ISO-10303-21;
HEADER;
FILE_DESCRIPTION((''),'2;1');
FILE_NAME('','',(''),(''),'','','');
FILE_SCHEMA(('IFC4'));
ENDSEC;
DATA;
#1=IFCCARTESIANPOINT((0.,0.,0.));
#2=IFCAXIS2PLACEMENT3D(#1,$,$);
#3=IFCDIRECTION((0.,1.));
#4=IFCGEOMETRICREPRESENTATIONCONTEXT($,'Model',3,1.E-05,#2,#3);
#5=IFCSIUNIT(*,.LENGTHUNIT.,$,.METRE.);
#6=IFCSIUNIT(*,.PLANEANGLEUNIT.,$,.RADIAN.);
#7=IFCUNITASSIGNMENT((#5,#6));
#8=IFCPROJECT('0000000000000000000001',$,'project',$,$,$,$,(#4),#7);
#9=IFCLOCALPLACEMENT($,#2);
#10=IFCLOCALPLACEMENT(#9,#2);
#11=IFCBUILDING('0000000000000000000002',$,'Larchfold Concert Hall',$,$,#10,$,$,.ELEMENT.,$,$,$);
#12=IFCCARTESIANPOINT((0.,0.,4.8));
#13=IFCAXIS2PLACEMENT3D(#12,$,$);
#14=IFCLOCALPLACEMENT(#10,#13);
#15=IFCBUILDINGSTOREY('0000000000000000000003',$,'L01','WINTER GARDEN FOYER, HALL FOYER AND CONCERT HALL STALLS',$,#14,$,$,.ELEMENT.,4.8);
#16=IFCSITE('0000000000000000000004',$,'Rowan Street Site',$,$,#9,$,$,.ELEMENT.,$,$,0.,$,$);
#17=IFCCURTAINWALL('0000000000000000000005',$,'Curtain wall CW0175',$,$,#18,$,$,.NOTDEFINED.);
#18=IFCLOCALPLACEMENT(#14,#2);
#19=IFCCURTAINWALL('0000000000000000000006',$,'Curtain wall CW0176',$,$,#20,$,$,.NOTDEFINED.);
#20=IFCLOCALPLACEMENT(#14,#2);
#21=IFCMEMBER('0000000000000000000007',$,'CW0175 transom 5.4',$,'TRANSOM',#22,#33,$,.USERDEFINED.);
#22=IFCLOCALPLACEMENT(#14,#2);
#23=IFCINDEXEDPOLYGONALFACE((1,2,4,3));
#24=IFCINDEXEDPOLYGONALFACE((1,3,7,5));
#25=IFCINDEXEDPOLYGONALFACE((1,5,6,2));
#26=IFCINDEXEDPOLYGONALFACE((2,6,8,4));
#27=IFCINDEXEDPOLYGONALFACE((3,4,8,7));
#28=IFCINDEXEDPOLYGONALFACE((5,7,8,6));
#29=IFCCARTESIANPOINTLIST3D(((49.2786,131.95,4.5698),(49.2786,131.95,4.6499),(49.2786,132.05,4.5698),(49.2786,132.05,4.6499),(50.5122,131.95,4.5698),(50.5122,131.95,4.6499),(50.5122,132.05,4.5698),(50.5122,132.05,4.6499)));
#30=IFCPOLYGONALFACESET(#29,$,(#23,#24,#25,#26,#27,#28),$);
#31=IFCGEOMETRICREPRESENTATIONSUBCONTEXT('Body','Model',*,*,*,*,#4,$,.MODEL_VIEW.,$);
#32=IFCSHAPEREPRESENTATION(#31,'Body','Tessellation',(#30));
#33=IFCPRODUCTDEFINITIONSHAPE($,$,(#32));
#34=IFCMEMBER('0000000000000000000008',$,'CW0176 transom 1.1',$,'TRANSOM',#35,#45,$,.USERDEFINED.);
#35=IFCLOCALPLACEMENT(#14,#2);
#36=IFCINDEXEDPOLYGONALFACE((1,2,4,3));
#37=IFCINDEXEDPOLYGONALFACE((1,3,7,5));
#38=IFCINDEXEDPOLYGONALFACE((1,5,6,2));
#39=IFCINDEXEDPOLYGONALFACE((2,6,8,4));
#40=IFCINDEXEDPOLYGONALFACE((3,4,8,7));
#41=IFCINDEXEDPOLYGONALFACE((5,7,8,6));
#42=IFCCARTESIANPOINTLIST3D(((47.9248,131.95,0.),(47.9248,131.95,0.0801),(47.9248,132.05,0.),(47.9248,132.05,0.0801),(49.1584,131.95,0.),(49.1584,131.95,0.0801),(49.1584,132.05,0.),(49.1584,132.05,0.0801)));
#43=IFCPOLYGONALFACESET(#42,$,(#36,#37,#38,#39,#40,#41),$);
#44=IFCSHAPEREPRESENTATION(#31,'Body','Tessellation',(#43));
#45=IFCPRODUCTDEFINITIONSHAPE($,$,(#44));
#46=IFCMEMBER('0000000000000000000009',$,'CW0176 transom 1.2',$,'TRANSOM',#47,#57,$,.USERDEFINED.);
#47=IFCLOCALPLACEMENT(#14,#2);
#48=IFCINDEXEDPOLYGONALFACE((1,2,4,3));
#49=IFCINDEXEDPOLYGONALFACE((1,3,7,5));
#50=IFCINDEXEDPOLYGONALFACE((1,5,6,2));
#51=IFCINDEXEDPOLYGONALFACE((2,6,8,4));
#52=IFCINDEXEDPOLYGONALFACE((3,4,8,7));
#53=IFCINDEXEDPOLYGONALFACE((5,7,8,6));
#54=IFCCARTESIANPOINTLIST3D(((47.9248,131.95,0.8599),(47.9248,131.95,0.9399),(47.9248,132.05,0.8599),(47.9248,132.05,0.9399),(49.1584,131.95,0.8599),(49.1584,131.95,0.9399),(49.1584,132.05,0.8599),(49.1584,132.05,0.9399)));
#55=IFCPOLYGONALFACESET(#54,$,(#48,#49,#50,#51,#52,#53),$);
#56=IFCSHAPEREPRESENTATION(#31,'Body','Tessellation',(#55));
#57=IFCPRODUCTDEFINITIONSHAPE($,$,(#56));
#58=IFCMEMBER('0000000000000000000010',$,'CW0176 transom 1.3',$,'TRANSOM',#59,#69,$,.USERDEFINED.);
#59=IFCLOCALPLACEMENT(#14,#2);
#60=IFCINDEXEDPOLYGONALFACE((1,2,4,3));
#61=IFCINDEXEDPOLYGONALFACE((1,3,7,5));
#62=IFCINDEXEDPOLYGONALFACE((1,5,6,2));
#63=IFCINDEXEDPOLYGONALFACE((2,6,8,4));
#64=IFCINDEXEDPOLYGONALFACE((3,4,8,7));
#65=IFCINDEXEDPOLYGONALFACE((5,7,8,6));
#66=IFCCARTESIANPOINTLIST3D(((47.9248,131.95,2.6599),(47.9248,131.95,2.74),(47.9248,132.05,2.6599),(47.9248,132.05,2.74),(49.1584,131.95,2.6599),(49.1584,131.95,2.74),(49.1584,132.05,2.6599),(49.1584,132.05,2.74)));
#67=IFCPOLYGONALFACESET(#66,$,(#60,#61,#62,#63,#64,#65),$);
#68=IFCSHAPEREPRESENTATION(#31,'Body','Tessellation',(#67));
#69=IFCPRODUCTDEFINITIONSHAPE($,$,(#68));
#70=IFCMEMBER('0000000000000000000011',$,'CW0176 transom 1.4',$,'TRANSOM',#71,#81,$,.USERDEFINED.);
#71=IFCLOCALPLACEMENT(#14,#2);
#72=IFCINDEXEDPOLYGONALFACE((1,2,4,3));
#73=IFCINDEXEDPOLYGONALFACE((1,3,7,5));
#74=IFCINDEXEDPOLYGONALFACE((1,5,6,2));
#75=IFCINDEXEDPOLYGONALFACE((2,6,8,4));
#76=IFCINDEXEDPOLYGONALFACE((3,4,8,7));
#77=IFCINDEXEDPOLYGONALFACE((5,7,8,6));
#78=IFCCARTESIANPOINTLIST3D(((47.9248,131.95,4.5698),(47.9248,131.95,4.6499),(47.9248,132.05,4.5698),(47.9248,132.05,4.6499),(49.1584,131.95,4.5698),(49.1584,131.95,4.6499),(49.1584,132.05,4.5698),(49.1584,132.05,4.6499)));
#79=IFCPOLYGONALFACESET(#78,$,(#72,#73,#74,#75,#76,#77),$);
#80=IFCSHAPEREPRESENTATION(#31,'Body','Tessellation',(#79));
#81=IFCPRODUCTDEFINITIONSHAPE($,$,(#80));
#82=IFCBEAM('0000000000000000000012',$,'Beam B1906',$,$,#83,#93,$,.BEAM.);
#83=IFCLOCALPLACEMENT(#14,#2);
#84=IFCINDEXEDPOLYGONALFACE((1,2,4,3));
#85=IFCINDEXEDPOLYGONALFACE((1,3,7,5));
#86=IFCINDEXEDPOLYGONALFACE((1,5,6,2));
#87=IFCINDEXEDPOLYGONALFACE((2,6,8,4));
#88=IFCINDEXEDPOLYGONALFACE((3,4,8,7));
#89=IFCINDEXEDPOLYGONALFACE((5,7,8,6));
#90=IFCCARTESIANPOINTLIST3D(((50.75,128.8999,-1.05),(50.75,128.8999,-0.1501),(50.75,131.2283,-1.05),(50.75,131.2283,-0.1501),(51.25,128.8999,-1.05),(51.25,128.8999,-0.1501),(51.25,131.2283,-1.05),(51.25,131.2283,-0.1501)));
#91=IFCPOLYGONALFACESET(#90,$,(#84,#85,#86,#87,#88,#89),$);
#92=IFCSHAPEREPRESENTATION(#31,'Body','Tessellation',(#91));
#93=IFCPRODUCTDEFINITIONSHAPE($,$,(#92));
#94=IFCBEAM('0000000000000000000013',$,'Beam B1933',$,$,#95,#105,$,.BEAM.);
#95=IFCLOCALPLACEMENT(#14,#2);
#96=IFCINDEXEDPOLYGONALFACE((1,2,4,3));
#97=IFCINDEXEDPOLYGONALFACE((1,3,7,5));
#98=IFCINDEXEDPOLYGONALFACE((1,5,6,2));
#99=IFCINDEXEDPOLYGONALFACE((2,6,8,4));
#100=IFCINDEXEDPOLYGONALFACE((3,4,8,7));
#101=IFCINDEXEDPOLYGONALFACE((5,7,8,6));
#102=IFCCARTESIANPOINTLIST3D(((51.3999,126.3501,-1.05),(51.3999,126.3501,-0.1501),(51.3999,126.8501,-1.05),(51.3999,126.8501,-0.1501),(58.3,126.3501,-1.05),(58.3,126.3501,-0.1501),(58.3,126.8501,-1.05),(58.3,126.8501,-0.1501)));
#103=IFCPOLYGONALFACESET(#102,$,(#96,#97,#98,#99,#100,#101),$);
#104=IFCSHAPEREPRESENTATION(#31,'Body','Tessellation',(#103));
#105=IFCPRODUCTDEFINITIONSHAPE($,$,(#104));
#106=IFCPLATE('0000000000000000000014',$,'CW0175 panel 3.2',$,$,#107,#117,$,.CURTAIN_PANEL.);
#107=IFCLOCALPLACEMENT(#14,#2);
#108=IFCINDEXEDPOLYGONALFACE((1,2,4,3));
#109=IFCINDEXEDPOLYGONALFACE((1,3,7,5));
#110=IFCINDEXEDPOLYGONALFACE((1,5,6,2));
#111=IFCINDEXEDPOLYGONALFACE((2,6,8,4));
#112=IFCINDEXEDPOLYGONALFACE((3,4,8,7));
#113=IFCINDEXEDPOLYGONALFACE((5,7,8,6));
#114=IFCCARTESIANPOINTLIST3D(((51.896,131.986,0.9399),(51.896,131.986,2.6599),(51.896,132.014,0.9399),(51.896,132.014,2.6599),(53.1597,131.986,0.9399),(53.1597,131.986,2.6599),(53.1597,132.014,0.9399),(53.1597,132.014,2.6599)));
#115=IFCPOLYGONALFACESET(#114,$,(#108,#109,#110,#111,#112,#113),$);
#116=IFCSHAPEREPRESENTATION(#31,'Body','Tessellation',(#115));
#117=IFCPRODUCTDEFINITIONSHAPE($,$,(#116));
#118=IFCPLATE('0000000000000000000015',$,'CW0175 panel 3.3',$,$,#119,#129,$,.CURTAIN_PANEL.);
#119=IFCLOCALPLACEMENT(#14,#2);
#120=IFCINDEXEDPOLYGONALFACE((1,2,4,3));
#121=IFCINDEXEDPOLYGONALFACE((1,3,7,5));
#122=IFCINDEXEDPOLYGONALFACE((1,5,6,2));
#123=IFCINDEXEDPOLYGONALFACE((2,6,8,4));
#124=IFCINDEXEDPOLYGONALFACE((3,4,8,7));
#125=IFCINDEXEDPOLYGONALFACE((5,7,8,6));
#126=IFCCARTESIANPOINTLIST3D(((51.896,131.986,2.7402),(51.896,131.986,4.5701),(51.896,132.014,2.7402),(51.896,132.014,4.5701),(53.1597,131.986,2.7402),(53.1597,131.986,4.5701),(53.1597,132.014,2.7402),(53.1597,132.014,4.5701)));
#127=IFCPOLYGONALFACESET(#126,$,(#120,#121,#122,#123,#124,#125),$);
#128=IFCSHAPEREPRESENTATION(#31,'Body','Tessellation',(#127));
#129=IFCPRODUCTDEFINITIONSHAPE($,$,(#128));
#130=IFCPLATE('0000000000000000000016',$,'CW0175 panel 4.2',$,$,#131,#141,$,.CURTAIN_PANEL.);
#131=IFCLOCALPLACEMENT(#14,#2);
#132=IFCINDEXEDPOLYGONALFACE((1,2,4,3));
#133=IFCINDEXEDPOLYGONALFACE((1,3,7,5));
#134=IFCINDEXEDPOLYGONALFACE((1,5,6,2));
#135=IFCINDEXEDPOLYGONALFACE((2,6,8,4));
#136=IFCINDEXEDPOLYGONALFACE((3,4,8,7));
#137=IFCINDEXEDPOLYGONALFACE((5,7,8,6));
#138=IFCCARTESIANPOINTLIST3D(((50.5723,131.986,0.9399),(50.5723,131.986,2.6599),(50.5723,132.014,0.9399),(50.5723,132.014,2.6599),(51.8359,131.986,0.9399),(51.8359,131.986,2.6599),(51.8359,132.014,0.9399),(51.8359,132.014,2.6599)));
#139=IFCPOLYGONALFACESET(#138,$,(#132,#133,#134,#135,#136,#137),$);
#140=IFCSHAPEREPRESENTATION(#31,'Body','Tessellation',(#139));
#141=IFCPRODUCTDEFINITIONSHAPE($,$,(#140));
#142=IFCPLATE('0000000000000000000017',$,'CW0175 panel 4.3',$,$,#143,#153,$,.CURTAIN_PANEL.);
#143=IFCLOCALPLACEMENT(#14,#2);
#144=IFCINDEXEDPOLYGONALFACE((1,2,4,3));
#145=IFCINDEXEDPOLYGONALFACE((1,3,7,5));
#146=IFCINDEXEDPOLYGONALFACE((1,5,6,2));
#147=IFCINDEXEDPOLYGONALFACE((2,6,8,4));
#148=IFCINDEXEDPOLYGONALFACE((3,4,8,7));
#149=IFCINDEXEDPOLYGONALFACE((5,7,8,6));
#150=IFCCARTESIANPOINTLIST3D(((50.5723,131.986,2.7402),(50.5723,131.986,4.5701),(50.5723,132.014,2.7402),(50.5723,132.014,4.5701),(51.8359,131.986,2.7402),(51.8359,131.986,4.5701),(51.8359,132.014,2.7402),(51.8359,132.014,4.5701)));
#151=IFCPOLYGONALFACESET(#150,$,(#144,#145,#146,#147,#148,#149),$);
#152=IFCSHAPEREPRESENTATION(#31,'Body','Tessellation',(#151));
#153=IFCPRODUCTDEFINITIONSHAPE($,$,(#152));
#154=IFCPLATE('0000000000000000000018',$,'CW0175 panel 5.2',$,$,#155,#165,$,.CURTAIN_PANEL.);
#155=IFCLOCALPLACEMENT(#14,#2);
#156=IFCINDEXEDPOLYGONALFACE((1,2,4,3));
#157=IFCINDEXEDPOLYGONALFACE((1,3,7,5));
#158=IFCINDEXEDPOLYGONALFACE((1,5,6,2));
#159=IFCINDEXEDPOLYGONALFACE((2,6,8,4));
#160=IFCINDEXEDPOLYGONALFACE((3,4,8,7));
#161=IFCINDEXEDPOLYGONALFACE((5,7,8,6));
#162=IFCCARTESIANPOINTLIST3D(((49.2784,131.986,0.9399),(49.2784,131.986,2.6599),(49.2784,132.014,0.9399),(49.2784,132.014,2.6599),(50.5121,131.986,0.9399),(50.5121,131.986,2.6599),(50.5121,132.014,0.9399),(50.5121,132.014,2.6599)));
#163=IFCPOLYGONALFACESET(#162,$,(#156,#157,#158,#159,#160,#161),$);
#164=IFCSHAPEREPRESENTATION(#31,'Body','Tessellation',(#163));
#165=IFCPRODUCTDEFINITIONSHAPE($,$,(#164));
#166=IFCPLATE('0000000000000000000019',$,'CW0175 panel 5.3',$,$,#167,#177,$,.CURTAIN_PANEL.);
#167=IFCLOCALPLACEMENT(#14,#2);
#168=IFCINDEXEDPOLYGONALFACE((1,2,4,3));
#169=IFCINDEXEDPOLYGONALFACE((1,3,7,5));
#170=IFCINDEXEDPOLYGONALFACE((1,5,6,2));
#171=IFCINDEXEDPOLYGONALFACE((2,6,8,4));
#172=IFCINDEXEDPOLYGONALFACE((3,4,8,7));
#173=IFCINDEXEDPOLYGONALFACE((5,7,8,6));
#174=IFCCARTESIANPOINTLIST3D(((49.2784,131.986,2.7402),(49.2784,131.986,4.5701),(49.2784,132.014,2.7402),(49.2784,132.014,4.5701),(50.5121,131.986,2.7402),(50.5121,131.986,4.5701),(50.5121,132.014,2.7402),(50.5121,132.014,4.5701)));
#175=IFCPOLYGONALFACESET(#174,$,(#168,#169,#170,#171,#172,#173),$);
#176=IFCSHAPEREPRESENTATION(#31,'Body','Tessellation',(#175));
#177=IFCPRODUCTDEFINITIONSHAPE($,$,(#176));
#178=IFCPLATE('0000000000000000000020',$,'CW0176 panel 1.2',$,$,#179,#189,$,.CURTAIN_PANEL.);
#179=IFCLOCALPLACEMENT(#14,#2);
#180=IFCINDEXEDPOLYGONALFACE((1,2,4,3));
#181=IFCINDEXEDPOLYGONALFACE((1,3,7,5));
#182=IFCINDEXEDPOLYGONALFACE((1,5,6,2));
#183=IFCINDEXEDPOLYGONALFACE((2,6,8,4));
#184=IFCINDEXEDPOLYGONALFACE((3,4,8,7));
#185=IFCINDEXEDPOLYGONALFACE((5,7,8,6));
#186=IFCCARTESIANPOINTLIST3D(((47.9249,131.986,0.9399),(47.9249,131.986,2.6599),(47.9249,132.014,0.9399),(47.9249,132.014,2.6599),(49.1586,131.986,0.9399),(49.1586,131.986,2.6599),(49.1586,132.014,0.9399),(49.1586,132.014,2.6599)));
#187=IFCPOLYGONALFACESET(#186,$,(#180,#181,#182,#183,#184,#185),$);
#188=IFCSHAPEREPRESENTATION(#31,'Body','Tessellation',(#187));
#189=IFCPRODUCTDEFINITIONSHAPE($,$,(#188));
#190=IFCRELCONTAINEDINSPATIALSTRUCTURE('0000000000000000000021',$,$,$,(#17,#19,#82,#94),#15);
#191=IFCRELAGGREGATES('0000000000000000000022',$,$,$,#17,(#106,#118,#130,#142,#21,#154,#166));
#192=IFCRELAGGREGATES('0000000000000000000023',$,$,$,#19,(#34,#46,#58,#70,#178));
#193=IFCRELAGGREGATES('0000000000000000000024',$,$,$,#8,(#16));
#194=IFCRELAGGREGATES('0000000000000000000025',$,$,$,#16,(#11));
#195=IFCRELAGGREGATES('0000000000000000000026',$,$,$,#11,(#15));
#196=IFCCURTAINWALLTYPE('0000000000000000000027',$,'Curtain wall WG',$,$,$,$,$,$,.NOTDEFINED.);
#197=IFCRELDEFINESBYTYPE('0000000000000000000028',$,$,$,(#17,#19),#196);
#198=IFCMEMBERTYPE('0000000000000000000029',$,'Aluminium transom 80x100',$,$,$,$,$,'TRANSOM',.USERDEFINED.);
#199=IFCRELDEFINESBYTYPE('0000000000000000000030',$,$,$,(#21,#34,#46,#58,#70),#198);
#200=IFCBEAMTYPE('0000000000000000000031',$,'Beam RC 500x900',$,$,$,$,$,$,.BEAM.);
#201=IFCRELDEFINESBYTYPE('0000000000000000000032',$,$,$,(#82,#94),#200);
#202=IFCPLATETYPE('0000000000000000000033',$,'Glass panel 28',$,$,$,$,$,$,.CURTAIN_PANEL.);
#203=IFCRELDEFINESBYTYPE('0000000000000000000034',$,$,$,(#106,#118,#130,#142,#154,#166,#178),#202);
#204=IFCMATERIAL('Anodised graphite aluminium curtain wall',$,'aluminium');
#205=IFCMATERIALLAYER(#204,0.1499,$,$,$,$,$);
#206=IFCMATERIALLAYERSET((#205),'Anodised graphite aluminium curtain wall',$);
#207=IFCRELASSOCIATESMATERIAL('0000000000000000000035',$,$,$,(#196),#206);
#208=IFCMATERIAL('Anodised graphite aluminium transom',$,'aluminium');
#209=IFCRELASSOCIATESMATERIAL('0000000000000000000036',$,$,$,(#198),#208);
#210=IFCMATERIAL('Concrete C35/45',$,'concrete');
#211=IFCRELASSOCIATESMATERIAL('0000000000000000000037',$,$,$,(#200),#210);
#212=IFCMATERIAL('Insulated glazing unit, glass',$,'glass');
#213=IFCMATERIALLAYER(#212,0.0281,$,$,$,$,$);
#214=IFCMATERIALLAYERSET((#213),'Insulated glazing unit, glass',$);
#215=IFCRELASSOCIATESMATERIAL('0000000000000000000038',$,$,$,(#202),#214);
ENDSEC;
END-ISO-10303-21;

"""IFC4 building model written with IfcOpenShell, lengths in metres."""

from ifc_helpers import new_model, si_unit, direction, frame, origin, origin_2d, place, context, subcontext, project, spatial, rectangle, extrude, material, layer, layer_set, material_profile, profile_set, type_object, element, aggregate, save


model = new_model("IFC4")

# Units and contexts
model_context = context("Model", 3, precision=1e-05, world=origin(), true_north=direction((0.0, 1.0)))
body_context = subcontext(model_context, "Body", "Model", "MODEL_VIEW")
ifc_project = project(units=[si_unit("LENGTHUNIT", "METRE"), si_unit("PLANEANGLEUNIT", "RADIAN")], contexts=[model_context])

# Site, building, storey
site_placement = place(None, origin())
site = spatial("IfcSite", under=ifc_project, at=site_placement, Name="Rowan Street Site", CompositionType="ELEMENT", RefElevation=0.0)
building_placement = place(site_placement, origin())
building = spatial("IfcBuilding", under=site, at=building_placement, Name="Larchfold Concert Hall", CompositionType="ELEMENT")
storey_placement = place(building_placement, frame((0.0, 0.0, 4.8)))
storey = spatial("IfcBuildingStorey", under=building, at=storey_placement, Name="L01", Description="WINTER GARDEN FOYER, HALL FOYER AND CONCERT HALL STALLS", CompositionType="ELEMENT", Elevation=4.8)

# Curtain wall
ifc_material_1 = material(Name="Anodised graphite aluminium curtain wall", Category="aluminium")
ifc_layer_1 = layer(ifc_material_1, 0.1499)
ifc_layer_set_1 = layer_set([ifc_layer_1], Name="Anodised graphite aluminium curtain wall")
curtain_wall_type = type_object("IfcCurtainWallType", Name="Curtain wall WG", PredefinedType="NOTDEFINED", material=ifc_layer_set_1)
curtain_wall_1_placement = place(storey_placement, origin())
curtain_wall_1 = element("IfcCurtainWall", 1, at=curtain_wall_1_placement, inside=storey, type_object=curtain_wall_type, Name="Curtain wall CW0175", PredefinedType="NOTDEFINED")

# Curtain wall
curtain_wall_2_placement = place(storey_placement, origin())
curtain_wall_2 = element("IfcCurtainWall", 2, at=curtain_wall_2_placement, inside=storey, type_object=curtain_wall_type, Name="Curtain wall CW0176", PredefinedType="NOTDEFINED")

# Members
ifc_material_2 = material(Name="Anodised graphite aluminium transom", Category="aluminium")
ifc_material_profile_1 = material_profile(ifc_material_2, rectangle(XDim=0.1001, YDim=0.0801, at=origin_2d()))
ifc_profile_set_1 = profile_set([ifc_material_profile_1], Name="Anodised graphite aluminium transom")
member_type_1 = type_object("IfcMemberType", Name="Aluminium transom 80x100", ElementType="TRANSOM", PredefinedType="USERDEFINED", material=ifc_profile_set_1)
member_1_placement = place(storey_placement, frame((50.5122, 132.0, 4.6099), z_axis=(-1.0, 0.0, 0.0), x_axis=(0.0, -1.0, 0.0)))
member_1 = element("IfcMember", 3, at=member_1_placement, type_object=member_type_1, Name="CW0175 transom 5.4", ObjectType="TRANSOM", PredefinedType="USERDEFINED", context=body_context, shape_type="SweptSolid", body=[
    extrude(rectangle(XDim=0.1001, YDim=0.0801, at=origin_2d()), origin(), (0.0, 0.0, 1.0), 1.2336),
])
member_2_placement = place(storey_placement, frame((49.1584, 132.0, 0.04), z_axis=(-1.0, 0.0, 0.0), x_axis=(0.0, -1.0, 0.0)))
member_2 = element("IfcMember", 4, at=member_2_placement, type_object=member_type_1, Name="CW0176 transom 1.1", ObjectType="TRANSOM", PredefinedType="USERDEFINED", context=body_context, shape_type="SweptSolid", body=[
    extrude(rectangle(XDim=0.1001, YDim=0.0801, at=origin_2d()), origin(), (0.0, 0.0, 1.0), 1.2336),
])
member_3_placement = place(storey_placement, frame((49.1584, 132.0, 0.8999), z_axis=(-1.0, 0.0, 0.0), x_axis=(0.0, -1.0, 0.0)))
member_3 = element("IfcMember", 5, at=member_3_placement, type_object=member_type_1, Name="CW0176 transom 1.2", ObjectType="TRANSOM", PredefinedType="USERDEFINED", context=body_context, shape_type="SweptSolid", body=[
    extrude(rectangle(XDim=0.1001, YDim=0.0801, at=origin_2d()), origin(), (0.0, 0.0, 1.0), 1.2336),
])
member_4_placement = place(storey_placement, frame((49.1584, 132.0, 2.7), z_axis=(-1.0, 0.0, 0.0), x_axis=(0.0, -1.0, 0.0)))
member_4 = element("IfcMember", 6, at=member_4_placement, type_object=member_type_1, Name="CW0176 transom 1.3", ObjectType="TRANSOM", PredefinedType="USERDEFINED", context=body_context, shape_type="SweptSolid", body=[
    extrude(rectangle(XDim=0.1001, YDim=0.0801, at=origin_2d()), origin(), (0.0, 0.0, 1.0), 1.2336),
])
member_5_placement = place(storey_placement, frame((49.1584, 132.0, 4.6099), z_axis=(-1.0, 0.0, 0.0), x_axis=(0.0, -1.0, 0.0)))
member_5 = element("IfcMember", 7, at=member_5_placement, type_object=member_type_1, Name="CW0176 transom 1.4", ObjectType="TRANSOM", PredefinedType="USERDEFINED", context=body_context, shape_type="SweptSolid", body=[
    extrude(rectangle(XDim=0.1001, YDim=0.0801, at=origin_2d()), origin(), (0.0, 0.0, 1.0), 1.2336),
])

# Beams
ifc_material_3 = material(Name="Concrete C35/45", Category="concrete")
ifc_material_profile_2 = material_profile(ifc_material_3, rectangle(XDim=0.5, YDim=0.8999, at=origin_2d()))
ifc_profile_set_2 = profile_set([ifc_material_profile_2], Name="Concrete C35/45")
beam_type = type_object("IfcBeamType", Name="Beam RC 500x900", PredefinedType="BEAM", material=ifc_profile_set_2)
beam_1_placement = place(storey_placement, frame((51.0, 128.8999, -0.6001), z_axis=(0.0, 1.0, 0.0), x_axis=(-1.0, 0.0, 0.0)))
element("IfcBeam", 8, at=beam_1_placement, inside=storey, type_object=beam_type, Name="Beam B1906", PredefinedType="BEAM", context=body_context, shape_type="SweptSolid", body=[
    extrude(rectangle(XDim=0.5, YDim=0.8999, at=origin_2d()), origin(), (0.0, 0.0, 1.0), 2.3284),
])
beam_2_placement = place(storey_placement, frame((51.3999, 126.6001, -0.6001), z_axis=(1.0, 0.0, 0.0), x_axis=(0.0, 1.0, 0.0)))
element("IfcBeam", 9, at=beam_2_placement, inside=storey, type_object=beam_type, Name="Beam B1933", PredefinedType="BEAM", context=body_context, shape_type="SweptSolid", body=[
    extrude(rectangle(XDim=0.5, YDim=0.8999, at=origin_2d()), origin(), (0.0, 0.0, 1.0), 6.9001),
])

# Plates
ifc_material_4 = material(Name="Insulated glazing unit, glass", Category="glass")
ifc_layer_2 = layer(ifc_material_4, 0.0281)
ifc_layer_set_2 = layer_set([ifc_layer_2], Name="Insulated glazing unit, glass")
plate_type_1 = type_object("IfcPlateType", Name="Glass panel 28", PredefinedType="CURTAIN_PANEL", material=ifc_layer_set_2)
plate_1_placement = place(storey_placement, frame((52.5278, 132.0, 0.9399), z_axis=(0.0, 0.0, 1.0), x_axis=(-1.0, 0.0, 0.0)))
plate_1 = element("IfcPlate", 10, at=plate_1_placement, type_object=plate_type_1, Name="CW0175 panel 3.2", PredefinedType="CURTAIN_PANEL", context=body_context, shape_type="SweptSolid", body=[
    extrude(rectangle(XDim=1.2637, YDim=0.0281, at=origin_2d()), origin(), (0.0, 0.0, 1.0), 1.72),
])
plate_2_placement = place(storey_placement, frame((52.5278, 132.0, 2.7402), z_axis=(0.0, 0.0, 1.0), x_axis=(-1.0, 0.0, 0.0)))
plate_2 = element("IfcPlate", 11, at=plate_2_placement, type_object=plate_type_1, Name="CW0175 panel 3.3", PredefinedType="CURTAIN_PANEL", context=body_context, shape_type="SweptSolid", body=[
    extrude(rectangle(XDim=1.2637, YDim=0.0281, at=origin_2d()), origin(), (0.0, 0.0, 1.0), 1.8298),
])
plate_3_placement = place(storey_placement, frame((51.2041, 132.0, 0.9399), z_axis=(0.0, 0.0, 1.0), x_axis=(-1.0, 0.0, 0.0)))
plate_3 = element("IfcPlate", 12, at=plate_3_placement, type_object=plate_type_1, Name="CW0175 panel 4.2", PredefinedType="CURTAIN_PANEL", context=body_context, shape_type="SweptSolid", body=[
    extrude(rectangle(XDim=1.2637, YDim=0.0281, at=origin_2d()), origin(), (0.0, 0.0, 1.0), 1.72),
])
plate_4_placement = place(storey_placement, frame((51.2041, 132.0, 2.7402), z_axis=(0.0, 0.0, 1.0), x_axis=(-1.0, 0.0, 0.0)))
plate_4 = element("IfcPlate", 13, at=plate_4_placement, type_object=plate_type_1, Name="CW0175 panel 4.3", PredefinedType="CURTAIN_PANEL", context=body_context, shape_type="SweptSolid", body=[
    extrude(rectangle(XDim=1.2637, YDim=0.0281, at=origin_2d()), origin(), (0.0, 0.0, 1.0), 1.8298),
])
plate_5_placement = place(storey_placement, frame((49.8953, 132.0, 0.9399), z_axis=(0.0, 0.0, 1.0), x_axis=(-1.0, 0.0, 0.0)))
plate_5 = element("IfcPlate", 14, at=plate_5_placement, type_object=plate_type_1, Name="CW0175 panel 5.2", PredefinedType="CURTAIN_PANEL", context=body_context, shape_type="SweptSolid", body=[
    extrude(rectangle(XDim=1.2336, YDim=0.0281, at=origin_2d()), origin(), (0.0, 0.0, 1.0), 1.72),
])
plate_6_placement = place(storey_placement, frame((49.8953, 132.0, 2.7402), z_axis=(0.0, 0.0, 1.0), x_axis=(-1.0, 0.0, 0.0)))
plate_6 = element("IfcPlate", 15, at=plate_6_placement, type_object=plate_type_1, Name="CW0175 panel 5.3", PredefinedType="CURTAIN_PANEL", context=body_context, shape_type="SweptSolid", body=[
    extrude(rectangle(XDim=1.2336, YDim=0.0281, at=origin_2d()), origin(), (0.0, 0.0, 1.0), 1.8298),
])
plate_7_placement = place(storey_placement, frame((48.5417, 132.0, 0.9399), z_axis=(0.0, 0.0, 1.0), x_axis=(-1.0, 0.0, 0.0)))
plate_7 = element("IfcPlate", 16, at=plate_7_placement, type_object=plate_type_1, Name="CW0176 panel 1.2", PredefinedType="CURTAIN_PANEL", context=body_context, shape_type="SweptSolid", body=[
    extrude(rectangle(XDim=1.2336, YDim=0.0281, at=origin_2d()), origin(), (0.0, 0.0, 1.0), 1.72),
])
aggregate(curtain_wall_1, [plate_1, plate_2, plate_3, plate_4, member_1, plate_5, plate_6])
aggregate(curtain_wall_2, [member_2, member_3, member_4, member_5, plate_7])

save(model, "model.ifc")
